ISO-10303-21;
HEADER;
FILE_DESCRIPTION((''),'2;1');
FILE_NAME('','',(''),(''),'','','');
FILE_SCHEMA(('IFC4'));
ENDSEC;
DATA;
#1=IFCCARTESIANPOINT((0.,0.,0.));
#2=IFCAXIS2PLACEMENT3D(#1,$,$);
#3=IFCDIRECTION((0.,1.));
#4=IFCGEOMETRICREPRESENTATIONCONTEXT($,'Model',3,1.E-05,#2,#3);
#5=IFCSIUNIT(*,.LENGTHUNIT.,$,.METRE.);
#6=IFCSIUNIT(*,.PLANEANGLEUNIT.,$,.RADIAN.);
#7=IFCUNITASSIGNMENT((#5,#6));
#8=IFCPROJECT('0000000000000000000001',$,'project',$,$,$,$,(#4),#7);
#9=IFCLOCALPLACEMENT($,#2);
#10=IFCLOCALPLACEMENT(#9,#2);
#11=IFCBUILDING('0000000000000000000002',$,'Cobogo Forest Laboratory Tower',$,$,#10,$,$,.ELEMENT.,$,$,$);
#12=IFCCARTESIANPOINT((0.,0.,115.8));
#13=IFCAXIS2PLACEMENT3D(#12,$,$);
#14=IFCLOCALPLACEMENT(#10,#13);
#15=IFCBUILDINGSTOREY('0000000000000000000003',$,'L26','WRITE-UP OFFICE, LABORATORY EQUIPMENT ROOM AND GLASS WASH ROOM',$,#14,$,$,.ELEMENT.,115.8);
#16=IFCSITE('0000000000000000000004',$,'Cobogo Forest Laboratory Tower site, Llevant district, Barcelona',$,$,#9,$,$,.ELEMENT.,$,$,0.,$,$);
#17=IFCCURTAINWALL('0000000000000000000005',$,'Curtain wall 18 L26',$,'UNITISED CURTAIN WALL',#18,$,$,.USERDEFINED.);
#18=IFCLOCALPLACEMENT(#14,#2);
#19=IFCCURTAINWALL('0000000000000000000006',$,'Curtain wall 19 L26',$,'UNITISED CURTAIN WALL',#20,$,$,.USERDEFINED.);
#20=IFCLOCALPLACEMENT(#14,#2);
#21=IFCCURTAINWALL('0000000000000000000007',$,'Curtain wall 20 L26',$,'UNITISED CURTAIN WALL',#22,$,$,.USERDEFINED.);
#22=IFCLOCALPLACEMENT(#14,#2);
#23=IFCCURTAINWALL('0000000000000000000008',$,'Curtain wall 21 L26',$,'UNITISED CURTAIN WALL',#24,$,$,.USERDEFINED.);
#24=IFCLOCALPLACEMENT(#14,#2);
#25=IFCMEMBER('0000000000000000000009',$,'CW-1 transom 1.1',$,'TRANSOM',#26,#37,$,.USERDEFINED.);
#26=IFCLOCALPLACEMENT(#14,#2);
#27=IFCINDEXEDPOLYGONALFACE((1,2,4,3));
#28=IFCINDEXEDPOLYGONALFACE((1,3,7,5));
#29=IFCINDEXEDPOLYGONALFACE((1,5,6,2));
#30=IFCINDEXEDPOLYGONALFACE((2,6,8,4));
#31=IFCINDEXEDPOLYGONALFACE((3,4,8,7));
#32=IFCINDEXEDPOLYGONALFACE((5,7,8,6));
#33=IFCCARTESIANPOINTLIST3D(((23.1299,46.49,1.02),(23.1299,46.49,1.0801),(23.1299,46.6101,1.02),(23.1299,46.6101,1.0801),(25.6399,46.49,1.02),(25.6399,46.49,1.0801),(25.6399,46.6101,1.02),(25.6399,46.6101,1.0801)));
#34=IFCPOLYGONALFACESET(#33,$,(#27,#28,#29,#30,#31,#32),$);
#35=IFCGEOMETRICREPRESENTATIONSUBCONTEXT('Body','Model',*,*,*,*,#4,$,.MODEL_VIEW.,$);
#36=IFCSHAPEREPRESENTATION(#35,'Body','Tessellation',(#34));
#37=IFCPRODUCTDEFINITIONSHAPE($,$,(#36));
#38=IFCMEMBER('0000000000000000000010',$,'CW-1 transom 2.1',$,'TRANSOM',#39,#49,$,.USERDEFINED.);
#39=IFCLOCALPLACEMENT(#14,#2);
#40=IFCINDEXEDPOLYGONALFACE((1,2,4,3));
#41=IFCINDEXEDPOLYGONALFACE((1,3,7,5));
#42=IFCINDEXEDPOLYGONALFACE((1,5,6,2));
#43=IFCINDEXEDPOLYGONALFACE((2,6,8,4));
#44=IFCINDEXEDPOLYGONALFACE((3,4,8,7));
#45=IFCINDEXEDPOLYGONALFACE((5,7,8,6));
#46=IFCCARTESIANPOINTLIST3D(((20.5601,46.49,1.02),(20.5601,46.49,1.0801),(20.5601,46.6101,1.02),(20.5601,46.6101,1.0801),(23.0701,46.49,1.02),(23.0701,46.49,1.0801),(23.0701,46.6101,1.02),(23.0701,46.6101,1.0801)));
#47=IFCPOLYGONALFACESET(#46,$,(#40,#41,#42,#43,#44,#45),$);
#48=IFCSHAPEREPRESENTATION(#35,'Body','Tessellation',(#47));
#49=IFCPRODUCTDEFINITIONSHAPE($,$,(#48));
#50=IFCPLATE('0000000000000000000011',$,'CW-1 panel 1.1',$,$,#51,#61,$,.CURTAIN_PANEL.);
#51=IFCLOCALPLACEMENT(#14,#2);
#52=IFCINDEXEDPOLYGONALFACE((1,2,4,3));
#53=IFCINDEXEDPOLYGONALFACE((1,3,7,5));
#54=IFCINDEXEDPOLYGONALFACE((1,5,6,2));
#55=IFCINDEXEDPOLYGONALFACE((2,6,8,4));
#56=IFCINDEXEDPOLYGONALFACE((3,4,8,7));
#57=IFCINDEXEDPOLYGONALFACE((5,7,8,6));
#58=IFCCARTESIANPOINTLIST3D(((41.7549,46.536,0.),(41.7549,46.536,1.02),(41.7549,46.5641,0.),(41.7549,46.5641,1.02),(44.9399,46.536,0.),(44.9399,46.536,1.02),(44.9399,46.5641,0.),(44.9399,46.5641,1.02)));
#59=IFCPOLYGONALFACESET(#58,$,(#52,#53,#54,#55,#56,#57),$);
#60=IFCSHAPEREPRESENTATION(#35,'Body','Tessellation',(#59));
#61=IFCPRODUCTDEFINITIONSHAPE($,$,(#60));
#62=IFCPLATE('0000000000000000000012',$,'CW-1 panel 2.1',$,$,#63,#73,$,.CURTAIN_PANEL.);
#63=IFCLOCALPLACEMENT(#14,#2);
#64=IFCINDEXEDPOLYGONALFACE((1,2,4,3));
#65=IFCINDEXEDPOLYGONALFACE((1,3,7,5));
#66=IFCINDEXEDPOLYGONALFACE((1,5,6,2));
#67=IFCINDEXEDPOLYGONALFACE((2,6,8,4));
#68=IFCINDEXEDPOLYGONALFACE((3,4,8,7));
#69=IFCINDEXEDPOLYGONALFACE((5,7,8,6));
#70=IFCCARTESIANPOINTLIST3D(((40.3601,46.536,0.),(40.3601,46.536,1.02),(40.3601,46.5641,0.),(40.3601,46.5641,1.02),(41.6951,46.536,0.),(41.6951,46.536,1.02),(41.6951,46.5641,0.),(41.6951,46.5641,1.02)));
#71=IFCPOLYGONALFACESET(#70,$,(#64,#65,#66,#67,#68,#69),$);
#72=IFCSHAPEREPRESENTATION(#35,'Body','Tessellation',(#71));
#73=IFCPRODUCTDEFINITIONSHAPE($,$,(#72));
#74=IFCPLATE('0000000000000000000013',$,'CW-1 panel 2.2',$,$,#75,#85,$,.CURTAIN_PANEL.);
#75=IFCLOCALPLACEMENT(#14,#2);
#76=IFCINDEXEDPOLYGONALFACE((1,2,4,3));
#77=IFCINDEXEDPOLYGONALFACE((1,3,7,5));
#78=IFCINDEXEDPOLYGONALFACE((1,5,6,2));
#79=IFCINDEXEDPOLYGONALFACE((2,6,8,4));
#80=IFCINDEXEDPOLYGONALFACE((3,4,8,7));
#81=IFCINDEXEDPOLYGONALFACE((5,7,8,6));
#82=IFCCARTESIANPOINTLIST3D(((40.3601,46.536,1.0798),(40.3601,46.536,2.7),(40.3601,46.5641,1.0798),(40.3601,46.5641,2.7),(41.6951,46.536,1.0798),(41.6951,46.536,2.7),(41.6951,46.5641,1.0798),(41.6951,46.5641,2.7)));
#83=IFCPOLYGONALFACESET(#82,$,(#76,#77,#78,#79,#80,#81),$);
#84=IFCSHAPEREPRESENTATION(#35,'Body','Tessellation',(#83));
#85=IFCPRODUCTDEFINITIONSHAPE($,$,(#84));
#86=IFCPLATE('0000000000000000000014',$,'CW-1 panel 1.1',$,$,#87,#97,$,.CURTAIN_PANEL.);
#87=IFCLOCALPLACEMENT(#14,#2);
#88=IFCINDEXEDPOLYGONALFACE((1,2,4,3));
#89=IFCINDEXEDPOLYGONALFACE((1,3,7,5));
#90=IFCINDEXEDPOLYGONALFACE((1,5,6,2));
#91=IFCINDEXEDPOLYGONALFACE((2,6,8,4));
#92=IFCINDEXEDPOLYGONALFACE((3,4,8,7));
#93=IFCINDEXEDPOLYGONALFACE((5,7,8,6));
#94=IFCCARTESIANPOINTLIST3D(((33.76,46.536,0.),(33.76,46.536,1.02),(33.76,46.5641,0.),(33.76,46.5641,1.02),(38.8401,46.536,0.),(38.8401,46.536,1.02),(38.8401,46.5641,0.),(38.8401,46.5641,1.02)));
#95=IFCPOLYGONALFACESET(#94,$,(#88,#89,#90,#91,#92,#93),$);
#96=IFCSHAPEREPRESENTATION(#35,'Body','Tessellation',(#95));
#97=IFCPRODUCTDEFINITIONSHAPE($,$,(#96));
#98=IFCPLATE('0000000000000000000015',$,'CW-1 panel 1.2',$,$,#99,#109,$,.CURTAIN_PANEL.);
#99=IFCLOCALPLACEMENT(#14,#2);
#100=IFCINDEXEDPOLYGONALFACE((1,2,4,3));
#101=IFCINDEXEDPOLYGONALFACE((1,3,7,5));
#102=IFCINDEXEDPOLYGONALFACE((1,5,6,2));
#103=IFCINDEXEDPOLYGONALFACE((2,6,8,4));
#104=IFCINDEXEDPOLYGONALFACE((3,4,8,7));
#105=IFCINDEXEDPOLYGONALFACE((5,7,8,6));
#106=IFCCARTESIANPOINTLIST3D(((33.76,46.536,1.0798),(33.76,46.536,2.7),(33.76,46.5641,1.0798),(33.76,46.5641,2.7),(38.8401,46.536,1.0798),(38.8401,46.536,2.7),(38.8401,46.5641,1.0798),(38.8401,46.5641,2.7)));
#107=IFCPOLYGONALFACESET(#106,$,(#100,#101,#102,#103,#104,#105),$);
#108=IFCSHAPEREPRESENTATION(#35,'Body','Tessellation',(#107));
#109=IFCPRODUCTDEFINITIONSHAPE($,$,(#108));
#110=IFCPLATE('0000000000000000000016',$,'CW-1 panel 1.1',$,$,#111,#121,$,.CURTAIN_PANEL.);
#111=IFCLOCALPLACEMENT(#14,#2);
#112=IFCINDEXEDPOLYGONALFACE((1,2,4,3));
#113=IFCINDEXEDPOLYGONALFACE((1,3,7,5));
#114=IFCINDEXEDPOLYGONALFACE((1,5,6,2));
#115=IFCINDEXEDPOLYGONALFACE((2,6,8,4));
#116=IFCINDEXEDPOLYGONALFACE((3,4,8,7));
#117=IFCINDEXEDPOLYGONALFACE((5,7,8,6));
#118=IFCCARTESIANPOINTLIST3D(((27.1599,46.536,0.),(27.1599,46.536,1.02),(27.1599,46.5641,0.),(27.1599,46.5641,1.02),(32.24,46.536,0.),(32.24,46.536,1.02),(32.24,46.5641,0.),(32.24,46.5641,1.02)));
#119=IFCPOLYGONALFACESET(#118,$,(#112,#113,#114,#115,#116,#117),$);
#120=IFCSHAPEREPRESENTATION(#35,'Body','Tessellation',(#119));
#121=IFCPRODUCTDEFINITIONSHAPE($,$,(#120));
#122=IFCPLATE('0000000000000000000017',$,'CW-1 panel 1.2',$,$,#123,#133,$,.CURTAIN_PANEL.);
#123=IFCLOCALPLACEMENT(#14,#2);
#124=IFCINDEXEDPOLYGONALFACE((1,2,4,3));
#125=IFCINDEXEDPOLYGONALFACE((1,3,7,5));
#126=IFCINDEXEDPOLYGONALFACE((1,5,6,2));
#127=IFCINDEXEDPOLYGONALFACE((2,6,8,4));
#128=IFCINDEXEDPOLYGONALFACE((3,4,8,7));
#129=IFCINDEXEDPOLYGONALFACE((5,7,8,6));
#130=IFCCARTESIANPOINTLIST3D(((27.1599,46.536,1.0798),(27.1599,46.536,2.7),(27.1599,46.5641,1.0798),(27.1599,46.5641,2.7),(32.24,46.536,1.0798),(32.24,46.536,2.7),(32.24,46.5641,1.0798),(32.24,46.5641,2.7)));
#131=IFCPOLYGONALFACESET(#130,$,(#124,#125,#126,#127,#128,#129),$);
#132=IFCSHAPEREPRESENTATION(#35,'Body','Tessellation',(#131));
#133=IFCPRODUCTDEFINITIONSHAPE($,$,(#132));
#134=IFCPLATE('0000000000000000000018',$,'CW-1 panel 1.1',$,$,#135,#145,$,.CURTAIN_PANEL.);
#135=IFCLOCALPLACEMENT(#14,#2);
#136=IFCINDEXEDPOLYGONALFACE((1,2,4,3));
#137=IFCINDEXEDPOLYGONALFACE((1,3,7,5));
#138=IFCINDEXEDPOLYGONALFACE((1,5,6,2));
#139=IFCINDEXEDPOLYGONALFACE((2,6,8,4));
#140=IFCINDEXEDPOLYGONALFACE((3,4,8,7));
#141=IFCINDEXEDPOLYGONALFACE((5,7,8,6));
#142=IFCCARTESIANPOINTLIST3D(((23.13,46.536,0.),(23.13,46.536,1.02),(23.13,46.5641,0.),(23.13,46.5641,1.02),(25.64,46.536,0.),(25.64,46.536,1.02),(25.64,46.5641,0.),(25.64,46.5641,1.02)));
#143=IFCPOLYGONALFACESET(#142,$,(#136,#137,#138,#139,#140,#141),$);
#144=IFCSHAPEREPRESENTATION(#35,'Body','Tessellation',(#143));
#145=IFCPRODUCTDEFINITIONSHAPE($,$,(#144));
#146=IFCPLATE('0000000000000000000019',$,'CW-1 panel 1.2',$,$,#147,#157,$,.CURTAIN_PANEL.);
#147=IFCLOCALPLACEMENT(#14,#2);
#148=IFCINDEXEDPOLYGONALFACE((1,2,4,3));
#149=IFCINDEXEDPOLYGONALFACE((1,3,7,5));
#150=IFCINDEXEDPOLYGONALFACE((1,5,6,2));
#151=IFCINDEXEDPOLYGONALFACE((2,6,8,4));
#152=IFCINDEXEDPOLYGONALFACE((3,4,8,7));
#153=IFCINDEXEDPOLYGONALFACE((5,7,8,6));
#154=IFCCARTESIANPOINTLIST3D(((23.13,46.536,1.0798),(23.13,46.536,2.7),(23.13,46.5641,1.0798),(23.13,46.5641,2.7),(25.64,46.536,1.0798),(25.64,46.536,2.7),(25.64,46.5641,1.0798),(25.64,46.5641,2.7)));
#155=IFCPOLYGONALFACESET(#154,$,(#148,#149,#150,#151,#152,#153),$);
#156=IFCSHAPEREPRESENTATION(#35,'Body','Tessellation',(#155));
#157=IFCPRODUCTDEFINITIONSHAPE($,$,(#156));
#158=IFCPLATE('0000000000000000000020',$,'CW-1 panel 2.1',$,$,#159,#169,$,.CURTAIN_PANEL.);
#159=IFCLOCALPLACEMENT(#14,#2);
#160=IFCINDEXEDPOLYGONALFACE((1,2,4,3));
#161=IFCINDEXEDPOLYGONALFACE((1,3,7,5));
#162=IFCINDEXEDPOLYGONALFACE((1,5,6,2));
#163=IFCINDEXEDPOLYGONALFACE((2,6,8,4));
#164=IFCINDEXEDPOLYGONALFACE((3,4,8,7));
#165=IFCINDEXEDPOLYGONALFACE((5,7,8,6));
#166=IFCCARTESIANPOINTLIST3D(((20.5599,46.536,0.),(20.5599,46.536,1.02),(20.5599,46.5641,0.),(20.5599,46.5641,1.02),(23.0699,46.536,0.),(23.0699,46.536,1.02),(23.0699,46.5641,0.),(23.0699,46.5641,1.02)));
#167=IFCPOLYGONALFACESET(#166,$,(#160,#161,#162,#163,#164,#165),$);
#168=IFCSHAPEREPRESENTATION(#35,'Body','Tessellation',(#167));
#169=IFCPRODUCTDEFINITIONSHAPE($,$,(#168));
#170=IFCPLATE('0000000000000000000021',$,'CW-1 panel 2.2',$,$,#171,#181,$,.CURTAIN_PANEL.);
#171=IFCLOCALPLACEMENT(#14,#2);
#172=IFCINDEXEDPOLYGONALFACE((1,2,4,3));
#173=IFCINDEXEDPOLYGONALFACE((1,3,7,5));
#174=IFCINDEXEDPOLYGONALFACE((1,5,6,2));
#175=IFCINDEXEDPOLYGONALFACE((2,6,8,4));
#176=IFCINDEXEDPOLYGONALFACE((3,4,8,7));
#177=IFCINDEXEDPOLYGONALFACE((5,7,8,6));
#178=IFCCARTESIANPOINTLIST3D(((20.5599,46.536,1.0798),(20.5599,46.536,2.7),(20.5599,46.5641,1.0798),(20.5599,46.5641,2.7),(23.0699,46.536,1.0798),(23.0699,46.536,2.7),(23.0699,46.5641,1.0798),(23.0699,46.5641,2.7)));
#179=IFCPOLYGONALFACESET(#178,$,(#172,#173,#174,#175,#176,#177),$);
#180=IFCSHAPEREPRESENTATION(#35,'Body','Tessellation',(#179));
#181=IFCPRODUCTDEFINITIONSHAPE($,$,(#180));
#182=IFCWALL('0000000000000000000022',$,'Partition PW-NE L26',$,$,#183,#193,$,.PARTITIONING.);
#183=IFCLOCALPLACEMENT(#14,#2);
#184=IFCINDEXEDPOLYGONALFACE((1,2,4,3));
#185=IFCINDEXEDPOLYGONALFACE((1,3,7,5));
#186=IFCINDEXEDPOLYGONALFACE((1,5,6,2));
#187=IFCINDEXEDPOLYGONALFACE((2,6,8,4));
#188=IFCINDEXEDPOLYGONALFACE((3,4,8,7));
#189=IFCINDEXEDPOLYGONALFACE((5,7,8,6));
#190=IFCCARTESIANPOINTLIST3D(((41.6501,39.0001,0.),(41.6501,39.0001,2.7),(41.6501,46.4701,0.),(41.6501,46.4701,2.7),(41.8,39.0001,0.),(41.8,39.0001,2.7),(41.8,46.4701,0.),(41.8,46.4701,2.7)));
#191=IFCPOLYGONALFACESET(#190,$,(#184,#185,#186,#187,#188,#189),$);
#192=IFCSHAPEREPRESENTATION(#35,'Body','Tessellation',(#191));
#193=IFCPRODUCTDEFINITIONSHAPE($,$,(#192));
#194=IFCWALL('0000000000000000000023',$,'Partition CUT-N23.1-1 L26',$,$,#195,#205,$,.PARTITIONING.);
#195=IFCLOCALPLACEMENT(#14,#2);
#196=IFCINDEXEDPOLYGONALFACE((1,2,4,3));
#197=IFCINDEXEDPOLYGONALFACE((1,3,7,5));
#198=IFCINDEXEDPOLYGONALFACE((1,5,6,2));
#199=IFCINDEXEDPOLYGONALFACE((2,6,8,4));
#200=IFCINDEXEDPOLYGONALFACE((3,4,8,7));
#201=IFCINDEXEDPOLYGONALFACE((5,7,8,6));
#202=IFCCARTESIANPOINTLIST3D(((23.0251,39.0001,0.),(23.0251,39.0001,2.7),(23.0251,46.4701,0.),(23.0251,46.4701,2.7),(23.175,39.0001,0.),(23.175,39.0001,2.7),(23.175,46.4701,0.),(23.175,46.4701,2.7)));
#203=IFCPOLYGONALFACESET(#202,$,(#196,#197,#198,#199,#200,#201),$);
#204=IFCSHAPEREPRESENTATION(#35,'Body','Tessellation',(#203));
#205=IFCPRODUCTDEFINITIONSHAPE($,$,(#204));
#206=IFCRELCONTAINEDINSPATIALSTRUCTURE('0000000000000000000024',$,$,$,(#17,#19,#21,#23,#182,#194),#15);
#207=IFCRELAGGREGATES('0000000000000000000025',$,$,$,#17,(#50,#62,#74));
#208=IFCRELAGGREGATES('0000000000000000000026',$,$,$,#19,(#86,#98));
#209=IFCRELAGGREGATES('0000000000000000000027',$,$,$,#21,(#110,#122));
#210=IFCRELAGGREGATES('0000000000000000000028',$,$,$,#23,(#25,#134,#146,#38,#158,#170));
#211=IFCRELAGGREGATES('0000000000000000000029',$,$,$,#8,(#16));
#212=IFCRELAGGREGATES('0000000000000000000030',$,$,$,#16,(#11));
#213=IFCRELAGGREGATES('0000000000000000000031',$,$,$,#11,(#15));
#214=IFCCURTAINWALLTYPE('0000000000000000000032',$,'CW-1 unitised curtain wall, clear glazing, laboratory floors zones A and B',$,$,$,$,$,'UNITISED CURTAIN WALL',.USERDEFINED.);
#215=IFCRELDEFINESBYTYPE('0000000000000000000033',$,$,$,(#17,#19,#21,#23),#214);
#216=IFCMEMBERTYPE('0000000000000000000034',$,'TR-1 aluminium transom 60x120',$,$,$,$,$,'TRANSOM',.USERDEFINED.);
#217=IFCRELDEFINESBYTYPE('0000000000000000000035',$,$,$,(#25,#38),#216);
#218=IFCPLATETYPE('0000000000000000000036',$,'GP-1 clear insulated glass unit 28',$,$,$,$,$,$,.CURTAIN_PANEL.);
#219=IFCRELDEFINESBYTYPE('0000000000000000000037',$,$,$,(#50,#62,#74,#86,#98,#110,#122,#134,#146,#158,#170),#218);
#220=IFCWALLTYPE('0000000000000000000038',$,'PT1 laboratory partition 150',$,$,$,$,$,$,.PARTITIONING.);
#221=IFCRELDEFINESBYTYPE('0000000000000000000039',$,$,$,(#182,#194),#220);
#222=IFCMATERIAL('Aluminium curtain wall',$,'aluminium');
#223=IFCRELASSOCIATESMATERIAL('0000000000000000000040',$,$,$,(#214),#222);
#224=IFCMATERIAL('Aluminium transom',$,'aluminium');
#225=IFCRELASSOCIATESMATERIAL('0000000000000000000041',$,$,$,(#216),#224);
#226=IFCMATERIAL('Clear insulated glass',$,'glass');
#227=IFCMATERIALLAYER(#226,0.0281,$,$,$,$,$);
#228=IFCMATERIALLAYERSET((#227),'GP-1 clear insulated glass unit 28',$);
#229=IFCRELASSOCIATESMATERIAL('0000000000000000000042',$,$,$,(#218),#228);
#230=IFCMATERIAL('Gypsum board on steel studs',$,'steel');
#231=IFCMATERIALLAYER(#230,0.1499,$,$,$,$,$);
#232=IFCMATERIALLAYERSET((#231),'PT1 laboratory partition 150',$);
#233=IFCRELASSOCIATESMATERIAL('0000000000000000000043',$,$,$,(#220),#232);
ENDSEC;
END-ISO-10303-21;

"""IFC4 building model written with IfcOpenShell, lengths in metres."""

from ifc_helpers import new_model, si_unit, direction, frame, frame_2d, origin, origin_2d, place, context, subcontext, project, spatial, rectangle, extrude, material, layer, layer_set, material_profile, profile_set, type_object, element, aggregate, save


model = new_model("IFC4")

# Units and contexts
model_context = context("Model", 3, precision=1e-05, world=origin(), true_north=direction((0.0, 1.0)))
body_context = subcontext(model_context, "Body", "Model", "MODEL_VIEW")
ifc_project = project(units=[si_unit("LENGTHUNIT", "METRE"), si_unit("PLANEANGLEUNIT", "RADIAN")], contexts=[model_context])

# Site, building, storey
site_placement = place(None, origin())
site = spatial("IfcSite", under=ifc_project, at=site_placement, Name="Cobogo Forest Laboratory Tower site, Llevant district, Barcelona", CompositionType="ELEMENT", RefElevation=0.0)
building_placement = place(site_placement, origin())
building = spatial("IfcBuilding", under=site, at=building_placement, Name="Cobogo Forest Laboratory Tower", CompositionType="ELEMENT")
storey_placement = place(building_placement, frame((0.0, 0.0, 115.8)))
storey = spatial("IfcBuildingStorey", under=building, at=storey_placement, Name="L26", Description="WRITE-UP OFFICE, LABORATORY EQUIPMENT ROOM AND GLASS WASH ROOM", CompositionType="ELEMENT", Elevation=115.8)

# Curtain walls
ifc_material_1 = material(Name="Aluminium curtain wall", Category="aluminium")
curtain_wall_type = type_object("IfcCurtainWallType", Name="CW-1 unitised curtain wall, clear glazing, laboratory floors zones A and B", ElementType="UNITISED CURTAIN WALL", PredefinedType="USERDEFINED", material=ifc_material_1)
curtain_wall_1_placement = place(storey_placement, origin())
curtain_wall_1 = element("IfcCurtainWall", 1, at=curtain_wall_1_placement, inside=storey, type_object=curtain_wall_type, Name="Curtain wall 18 L26", ObjectType="UNITISED CURTAIN WALL", PredefinedType="USERDEFINED")
curtain_wall_2_placement = place(storey_placement, origin())
curtain_wall_2 = element("IfcCurtainWall", 2, at=curtain_wall_2_placement, inside=storey, type_object=curtain_wall_type, Name="Curtain wall 19 L26", ObjectType="UNITISED CURTAIN WALL", PredefinedType="USERDEFINED")
curtain_wall_3_placement = place(storey_placement, origin())
curtain_wall_3 = element("IfcCurtainWall", 3, at=curtain_wall_3_placement, inside=storey, type_object=curtain_wall_type, Name="Curtain wall 20 L26", ObjectType="UNITISED CURTAIN WALL", PredefinedType="USERDEFINED")
curtain_wall_4_placement = place(storey_placement, origin())
curtain_wall_4 = element("IfcCurtainWall", 4, at=curtain_wall_4_placement, inside=storey, type_object=curtain_wall_type, Name="Curtain wall 21 L26", ObjectType="UNITISED CURTAIN WALL", PredefinedType="USERDEFINED")

# Members
ifc_material_2 = material(Name="Aluminium transom", Category="aluminium")
ifc_material_profile_1 = material_profile(ifc_material_2, rectangle(XDim=0.1201, YDim=0.0601, at=origin_2d()), Name="AL 60x120")
ifc_profile_set_1 = profile_set([ifc_material_profile_1], Name="Aluminium transom")
member_type_1 = type_object("IfcMemberType", Name="TR-1 aluminium transom 60x120", ElementType="TRANSOM", PredefinedType="USERDEFINED", material=ifc_profile_set_1)
member_1_placement = place(storey_placement, frame((25.6399, 46.55, 1.05), z_axis=(-1.0, 0.0, 0.0), x_axis=(0.0, -1.0, 0.0)))
member_1 = element("IfcMember", 5, at=member_1_placement, type_object=member_type_1, Name="CW-1 transom 1.1", ObjectType="TRANSOM", PredefinedType="USERDEFINED", context=body_context, shape_type="SweptSolid", body=[
    extrude(rectangle(XDim=0.1201, YDim=0.0601, at=origin_2d()), origin(), (0.0, 0.0, 1.0), 2.51),
])
member_2_placement = place(storey_placement, frame((23.0701, 46.55, 1.05), z_axis=(-1.0, 0.0, 0.0), x_axis=(0.0, -1.0, 0.0)))
member_2 = element("IfcMember", 6, at=member_2_placement, type_object=member_type_1, Name="CW-1 transom 2.1", ObjectType="TRANSOM", PredefinedType="USERDEFINED", context=body_context, shape_type="SweptSolid", body=[
    extrude(rectangle(XDim=0.1201, YDim=0.0601, at=origin_2d()), origin(), (0.0, 0.0, 1.0), 2.51),
])

# Plates
ifc_material_3 = material(Name="Clear insulated glass", Category="glass")
ifc_layer_1 = layer(ifc_material_3, 0.0281)
ifc_layer_set_1 = layer_set([ifc_layer_1], Name="GP-1 clear insulated glass unit 28")
plate_type_1 = type_object("IfcPlateType", Name="GP-1 clear insulated glass unit 28", PredefinedType="CURTAIN_PANEL", material=ifc_layer_set_1)
plate_1_placement = place(storey_placement, frame((43.3474, 46.55, 0.0), z_axis=(0.0, 0.0, 1.0), x_axis=(-1.0, 0.0, 0.0)))
plate_1 = element("IfcPlate", 7, at=plate_1_placement, type_object=plate_type_1, Name="CW-1 panel 1.1", PredefinedType="CURTAIN_PANEL", context=body_context, shape_type="SweptSolid", body=[
    extrude(rectangle(XDim=3.1851, YDim=0.0281, at=origin_2d()), origin(), (0.0, 0.0, 1.0), 1.02),
])
plate_2_placement = place(storey_placement, frame((41.0276, 46.55, 0.0), z_axis=(0.0, 0.0, 1.0), x_axis=(-1.0, 0.0, 0.0)))
plate_2 = element("IfcPlate", 8, at=plate_2_placement, type_object=plate_type_1, Name="CW-1 panel 2.1", PredefinedType="CURTAIN_PANEL", context=body_context, shape_type="SweptSolid", body=[
    extrude(rectangle(XDim=1.335, YDim=0.0281, at=origin_2d()), origin(), (0.0, 0.0, 1.0), 1.02),
])
plate_3_placement = place(storey_placement, frame((41.0276, 46.55, 1.0798), z_axis=(0.0, 0.0, 1.0), x_axis=(-1.0, 0.0, 0.0)))
plate_3 = element("IfcPlate", 9, at=plate_3_placement, type_object=plate_type_1, Name="CW-1 panel 2.2", PredefinedType="CURTAIN_PANEL", context=body_context, shape_type="SweptSolid", body=[
    extrude(rectangle(XDim=1.335, YDim=0.0281, at=origin_2d()), origin(), (0.0, 0.0, 1.0), 1.6201),
])
aggregate(curtain_wall_1, [plate_1, plate_2, plate_3])
plate_4_placement = place(storey_placement, frame((36.3, 46.55, 0.0), z_axis=(0.0, 0.0, 1.0), x_axis=(-1.0, 0.0, 0.0)))
plate_4 = element("IfcPlate", 10, at=plate_4_placement, type_object=plate_type_1, Name="CW-1 panel 1.1", PredefinedType="CURTAIN_PANEL", context=body_context, shape_type="SweptSolid", body=[
    extrude(rectangle(XDim=5.0801, YDim=0.0281, at=origin_2d()), origin(), (0.0, 0.0, 1.0), 1.02),
])
plate_5_placement = place(storey_placement, frame((36.3, 46.55, 1.0798), z_axis=(0.0, 0.0, 1.0), x_axis=(-1.0, 0.0, 0.0)))
plate_5 = element("IfcPlate", 11, at=plate_5_placement, type_object=plate_type_1, Name="CW-1 panel 1.2", PredefinedType="CURTAIN_PANEL", context=body_context, shape_type="SweptSolid", body=[
    extrude(rectangle(XDim=5.0801, YDim=0.0281, at=origin_2d()), origin(), (0.0, 0.0, 1.0), 1.6201),
])
aggregate(curtain_wall_2, [plate_4, plate_5])
plate_6_placement = place(storey_placement, frame((29.7, 46.55, 0.0), z_axis=(0.0, 0.0, 1.0), x_axis=(-1.0, 0.0, 0.0)))
plate_6 = element("IfcPlate", 12, at=plate_6_placement, type_object=plate_type_1, Name="CW-1 panel 1.1", PredefinedType="CURTAIN_PANEL", context=body_context, shape_type="SweptSolid", body=[
    extrude(rectangle(XDim=5.0801, YDim=0.0281, at=origin_2d()), origin(), (0.0, 0.0, 1.0), 1.02),
])
plate_7_placement = place(storey_placement, frame((29.7, 46.55, 1.0798), z_axis=(0.0, 0.0, 1.0), x_axis=(-1.0, 0.0, 0.0)))
plate_7 = element("IfcPlate", 13, at=plate_7_placement, type_object=plate_type_1, Name="CW-1 panel 1.2", PredefinedType="CURTAIN_PANEL", context=body_context, shape_type="SweptSolid", body=[
    extrude(rectangle(XDim=5.0801, YDim=0.0281, at=origin_2d()), origin(), (0.0, 0.0, 1.0), 1.6201),
])
aggregate(curtain_wall_3, [plate_6, plate_7])
plate_8_placement = place(storey_placement, frame((24.385, 46.55, 0.0), z_axis=(0.0, 0.0, 1.0), x_axis=(-1.0, 0.0, 0.0)))
plate_8 = element("IfcPlate", 14, at=plate_8_placement, type_object=plate_type_1, Name="CW-1 panel 1.1", PredefinedType="CURTAIN_PANEL", context=body_context, shape_type="SweptSolid", body=[
    extrude(rectangle(XDim=2.51, YDim=0.0281, at=origin_2d()), origin(), (0.0, 0.0, 1.0), 1.02),
])
plate_9_placement = place(storey_placement, frame((24.385, 46.55, 1.0798), z_axis=(0.0, 0.0, 1.0), x_axis=(-1.0, 0.0, 0.0)))
plate_9 = element("IfcPlate", 15, at=plate_9_placement, type_object=plate_type_1, Name="CW-1 panel 1.2", PredefinedType="CURTAIN_PANEL", context=body_context, shape_type="SweptSolid", body=[
    extrude(rectangle(XDim=2.51, YDim=0.0281, at=origin_2d()), origin(), (0.0, 0.0, 1.0), 1.6201),
])
plate_10_placement = place(storey_placement, frame((21.8149, 46.55, 0.0), z_axis=(0.0, 0.0, 1.0), x_axis=(-1.0, 0.0, 0.0)))
plate_10 = element("IfcPlate", 16, at=plate_10_placement, type_object=plate_type_1, Name="CW-1 panel 2.1", PredefinedType="CURTAIN_PANEL", context=body_context, shape_type="SweptSolid", body=[
    extrude(rectangle(XDim=2.51, YDim=0.0281, at=origin_2d()), origin(), (0.0, 0.0, 1.0), 1.02),
])
plate_11_placement = place(storey_placement, frame((21.8149, 46.55, 1.0798), z_axis=(0.0, 0.0, 1.0), x_axis=(-1.0, 0.0, 0.0)))
plate_11 = element("IfcPlate", 17, at=plate_11_placement, type_object=plate_type_1, Name="CW-1 panel 2.2", PredefinedType="CURTAIN_PANEL", context=body_context, shape_type="SweptSolid", body=[
    extrude(rectangle(XDim=2.51, YDim=0.0281, at=origin_2d()), origin(), (0.0, 0.0, 1.0), 1.6201),
])
aggregate(curtain_wall_4, [member_1, plate_8, plate_9, member_2, plate_10, plate_11])

# Walls
ifc_material_4 = material(Name="Gypsum board on steel studs", Category="steel")
ifc_layer_2 = layer(ifc_material_4, 0.1499)
ifc_layer_set_2 = layer_set([ifc_layer_2], Name="PT1 laboratory partition 150")
wall_type = type_object("IfcWallType", Name="PT1 laboratory partition 150", PredefinedType="PARTITIONING", material=ifc_layer_set_2)
for number, where, z_axis, x_axis, name in (
    (18, (41.7251, 46.47, 0.0), (0.0, 0.0, 1.0), (0.0, -1.0, 0.0), "Partition PW-NE L26"),
    (19, (23.1001, 46.47, 0.0), (0.0, 0.0, 1.0), (0.0, -1.0, 0.0), "Partition CUT-N23.1-1 L26"),
):
    element("IfcWall", number, at=place(storey_placement, frame(where, z_axis=z_axis, x_axis=x_axis)), inside=storey, type_object=wall_type, Name=name, PredefinedType="PARTITIONING", context=body_context, shape_type="SweptSolid", body=[
        extrude(rectangle(XDim=7.47, YDim=0.1499, at=frame_2d((3.7349, 0.0))), origin(), (0.0, 0.0, 1.0), 2.7),
    ])

save(model, "model.ifc")
